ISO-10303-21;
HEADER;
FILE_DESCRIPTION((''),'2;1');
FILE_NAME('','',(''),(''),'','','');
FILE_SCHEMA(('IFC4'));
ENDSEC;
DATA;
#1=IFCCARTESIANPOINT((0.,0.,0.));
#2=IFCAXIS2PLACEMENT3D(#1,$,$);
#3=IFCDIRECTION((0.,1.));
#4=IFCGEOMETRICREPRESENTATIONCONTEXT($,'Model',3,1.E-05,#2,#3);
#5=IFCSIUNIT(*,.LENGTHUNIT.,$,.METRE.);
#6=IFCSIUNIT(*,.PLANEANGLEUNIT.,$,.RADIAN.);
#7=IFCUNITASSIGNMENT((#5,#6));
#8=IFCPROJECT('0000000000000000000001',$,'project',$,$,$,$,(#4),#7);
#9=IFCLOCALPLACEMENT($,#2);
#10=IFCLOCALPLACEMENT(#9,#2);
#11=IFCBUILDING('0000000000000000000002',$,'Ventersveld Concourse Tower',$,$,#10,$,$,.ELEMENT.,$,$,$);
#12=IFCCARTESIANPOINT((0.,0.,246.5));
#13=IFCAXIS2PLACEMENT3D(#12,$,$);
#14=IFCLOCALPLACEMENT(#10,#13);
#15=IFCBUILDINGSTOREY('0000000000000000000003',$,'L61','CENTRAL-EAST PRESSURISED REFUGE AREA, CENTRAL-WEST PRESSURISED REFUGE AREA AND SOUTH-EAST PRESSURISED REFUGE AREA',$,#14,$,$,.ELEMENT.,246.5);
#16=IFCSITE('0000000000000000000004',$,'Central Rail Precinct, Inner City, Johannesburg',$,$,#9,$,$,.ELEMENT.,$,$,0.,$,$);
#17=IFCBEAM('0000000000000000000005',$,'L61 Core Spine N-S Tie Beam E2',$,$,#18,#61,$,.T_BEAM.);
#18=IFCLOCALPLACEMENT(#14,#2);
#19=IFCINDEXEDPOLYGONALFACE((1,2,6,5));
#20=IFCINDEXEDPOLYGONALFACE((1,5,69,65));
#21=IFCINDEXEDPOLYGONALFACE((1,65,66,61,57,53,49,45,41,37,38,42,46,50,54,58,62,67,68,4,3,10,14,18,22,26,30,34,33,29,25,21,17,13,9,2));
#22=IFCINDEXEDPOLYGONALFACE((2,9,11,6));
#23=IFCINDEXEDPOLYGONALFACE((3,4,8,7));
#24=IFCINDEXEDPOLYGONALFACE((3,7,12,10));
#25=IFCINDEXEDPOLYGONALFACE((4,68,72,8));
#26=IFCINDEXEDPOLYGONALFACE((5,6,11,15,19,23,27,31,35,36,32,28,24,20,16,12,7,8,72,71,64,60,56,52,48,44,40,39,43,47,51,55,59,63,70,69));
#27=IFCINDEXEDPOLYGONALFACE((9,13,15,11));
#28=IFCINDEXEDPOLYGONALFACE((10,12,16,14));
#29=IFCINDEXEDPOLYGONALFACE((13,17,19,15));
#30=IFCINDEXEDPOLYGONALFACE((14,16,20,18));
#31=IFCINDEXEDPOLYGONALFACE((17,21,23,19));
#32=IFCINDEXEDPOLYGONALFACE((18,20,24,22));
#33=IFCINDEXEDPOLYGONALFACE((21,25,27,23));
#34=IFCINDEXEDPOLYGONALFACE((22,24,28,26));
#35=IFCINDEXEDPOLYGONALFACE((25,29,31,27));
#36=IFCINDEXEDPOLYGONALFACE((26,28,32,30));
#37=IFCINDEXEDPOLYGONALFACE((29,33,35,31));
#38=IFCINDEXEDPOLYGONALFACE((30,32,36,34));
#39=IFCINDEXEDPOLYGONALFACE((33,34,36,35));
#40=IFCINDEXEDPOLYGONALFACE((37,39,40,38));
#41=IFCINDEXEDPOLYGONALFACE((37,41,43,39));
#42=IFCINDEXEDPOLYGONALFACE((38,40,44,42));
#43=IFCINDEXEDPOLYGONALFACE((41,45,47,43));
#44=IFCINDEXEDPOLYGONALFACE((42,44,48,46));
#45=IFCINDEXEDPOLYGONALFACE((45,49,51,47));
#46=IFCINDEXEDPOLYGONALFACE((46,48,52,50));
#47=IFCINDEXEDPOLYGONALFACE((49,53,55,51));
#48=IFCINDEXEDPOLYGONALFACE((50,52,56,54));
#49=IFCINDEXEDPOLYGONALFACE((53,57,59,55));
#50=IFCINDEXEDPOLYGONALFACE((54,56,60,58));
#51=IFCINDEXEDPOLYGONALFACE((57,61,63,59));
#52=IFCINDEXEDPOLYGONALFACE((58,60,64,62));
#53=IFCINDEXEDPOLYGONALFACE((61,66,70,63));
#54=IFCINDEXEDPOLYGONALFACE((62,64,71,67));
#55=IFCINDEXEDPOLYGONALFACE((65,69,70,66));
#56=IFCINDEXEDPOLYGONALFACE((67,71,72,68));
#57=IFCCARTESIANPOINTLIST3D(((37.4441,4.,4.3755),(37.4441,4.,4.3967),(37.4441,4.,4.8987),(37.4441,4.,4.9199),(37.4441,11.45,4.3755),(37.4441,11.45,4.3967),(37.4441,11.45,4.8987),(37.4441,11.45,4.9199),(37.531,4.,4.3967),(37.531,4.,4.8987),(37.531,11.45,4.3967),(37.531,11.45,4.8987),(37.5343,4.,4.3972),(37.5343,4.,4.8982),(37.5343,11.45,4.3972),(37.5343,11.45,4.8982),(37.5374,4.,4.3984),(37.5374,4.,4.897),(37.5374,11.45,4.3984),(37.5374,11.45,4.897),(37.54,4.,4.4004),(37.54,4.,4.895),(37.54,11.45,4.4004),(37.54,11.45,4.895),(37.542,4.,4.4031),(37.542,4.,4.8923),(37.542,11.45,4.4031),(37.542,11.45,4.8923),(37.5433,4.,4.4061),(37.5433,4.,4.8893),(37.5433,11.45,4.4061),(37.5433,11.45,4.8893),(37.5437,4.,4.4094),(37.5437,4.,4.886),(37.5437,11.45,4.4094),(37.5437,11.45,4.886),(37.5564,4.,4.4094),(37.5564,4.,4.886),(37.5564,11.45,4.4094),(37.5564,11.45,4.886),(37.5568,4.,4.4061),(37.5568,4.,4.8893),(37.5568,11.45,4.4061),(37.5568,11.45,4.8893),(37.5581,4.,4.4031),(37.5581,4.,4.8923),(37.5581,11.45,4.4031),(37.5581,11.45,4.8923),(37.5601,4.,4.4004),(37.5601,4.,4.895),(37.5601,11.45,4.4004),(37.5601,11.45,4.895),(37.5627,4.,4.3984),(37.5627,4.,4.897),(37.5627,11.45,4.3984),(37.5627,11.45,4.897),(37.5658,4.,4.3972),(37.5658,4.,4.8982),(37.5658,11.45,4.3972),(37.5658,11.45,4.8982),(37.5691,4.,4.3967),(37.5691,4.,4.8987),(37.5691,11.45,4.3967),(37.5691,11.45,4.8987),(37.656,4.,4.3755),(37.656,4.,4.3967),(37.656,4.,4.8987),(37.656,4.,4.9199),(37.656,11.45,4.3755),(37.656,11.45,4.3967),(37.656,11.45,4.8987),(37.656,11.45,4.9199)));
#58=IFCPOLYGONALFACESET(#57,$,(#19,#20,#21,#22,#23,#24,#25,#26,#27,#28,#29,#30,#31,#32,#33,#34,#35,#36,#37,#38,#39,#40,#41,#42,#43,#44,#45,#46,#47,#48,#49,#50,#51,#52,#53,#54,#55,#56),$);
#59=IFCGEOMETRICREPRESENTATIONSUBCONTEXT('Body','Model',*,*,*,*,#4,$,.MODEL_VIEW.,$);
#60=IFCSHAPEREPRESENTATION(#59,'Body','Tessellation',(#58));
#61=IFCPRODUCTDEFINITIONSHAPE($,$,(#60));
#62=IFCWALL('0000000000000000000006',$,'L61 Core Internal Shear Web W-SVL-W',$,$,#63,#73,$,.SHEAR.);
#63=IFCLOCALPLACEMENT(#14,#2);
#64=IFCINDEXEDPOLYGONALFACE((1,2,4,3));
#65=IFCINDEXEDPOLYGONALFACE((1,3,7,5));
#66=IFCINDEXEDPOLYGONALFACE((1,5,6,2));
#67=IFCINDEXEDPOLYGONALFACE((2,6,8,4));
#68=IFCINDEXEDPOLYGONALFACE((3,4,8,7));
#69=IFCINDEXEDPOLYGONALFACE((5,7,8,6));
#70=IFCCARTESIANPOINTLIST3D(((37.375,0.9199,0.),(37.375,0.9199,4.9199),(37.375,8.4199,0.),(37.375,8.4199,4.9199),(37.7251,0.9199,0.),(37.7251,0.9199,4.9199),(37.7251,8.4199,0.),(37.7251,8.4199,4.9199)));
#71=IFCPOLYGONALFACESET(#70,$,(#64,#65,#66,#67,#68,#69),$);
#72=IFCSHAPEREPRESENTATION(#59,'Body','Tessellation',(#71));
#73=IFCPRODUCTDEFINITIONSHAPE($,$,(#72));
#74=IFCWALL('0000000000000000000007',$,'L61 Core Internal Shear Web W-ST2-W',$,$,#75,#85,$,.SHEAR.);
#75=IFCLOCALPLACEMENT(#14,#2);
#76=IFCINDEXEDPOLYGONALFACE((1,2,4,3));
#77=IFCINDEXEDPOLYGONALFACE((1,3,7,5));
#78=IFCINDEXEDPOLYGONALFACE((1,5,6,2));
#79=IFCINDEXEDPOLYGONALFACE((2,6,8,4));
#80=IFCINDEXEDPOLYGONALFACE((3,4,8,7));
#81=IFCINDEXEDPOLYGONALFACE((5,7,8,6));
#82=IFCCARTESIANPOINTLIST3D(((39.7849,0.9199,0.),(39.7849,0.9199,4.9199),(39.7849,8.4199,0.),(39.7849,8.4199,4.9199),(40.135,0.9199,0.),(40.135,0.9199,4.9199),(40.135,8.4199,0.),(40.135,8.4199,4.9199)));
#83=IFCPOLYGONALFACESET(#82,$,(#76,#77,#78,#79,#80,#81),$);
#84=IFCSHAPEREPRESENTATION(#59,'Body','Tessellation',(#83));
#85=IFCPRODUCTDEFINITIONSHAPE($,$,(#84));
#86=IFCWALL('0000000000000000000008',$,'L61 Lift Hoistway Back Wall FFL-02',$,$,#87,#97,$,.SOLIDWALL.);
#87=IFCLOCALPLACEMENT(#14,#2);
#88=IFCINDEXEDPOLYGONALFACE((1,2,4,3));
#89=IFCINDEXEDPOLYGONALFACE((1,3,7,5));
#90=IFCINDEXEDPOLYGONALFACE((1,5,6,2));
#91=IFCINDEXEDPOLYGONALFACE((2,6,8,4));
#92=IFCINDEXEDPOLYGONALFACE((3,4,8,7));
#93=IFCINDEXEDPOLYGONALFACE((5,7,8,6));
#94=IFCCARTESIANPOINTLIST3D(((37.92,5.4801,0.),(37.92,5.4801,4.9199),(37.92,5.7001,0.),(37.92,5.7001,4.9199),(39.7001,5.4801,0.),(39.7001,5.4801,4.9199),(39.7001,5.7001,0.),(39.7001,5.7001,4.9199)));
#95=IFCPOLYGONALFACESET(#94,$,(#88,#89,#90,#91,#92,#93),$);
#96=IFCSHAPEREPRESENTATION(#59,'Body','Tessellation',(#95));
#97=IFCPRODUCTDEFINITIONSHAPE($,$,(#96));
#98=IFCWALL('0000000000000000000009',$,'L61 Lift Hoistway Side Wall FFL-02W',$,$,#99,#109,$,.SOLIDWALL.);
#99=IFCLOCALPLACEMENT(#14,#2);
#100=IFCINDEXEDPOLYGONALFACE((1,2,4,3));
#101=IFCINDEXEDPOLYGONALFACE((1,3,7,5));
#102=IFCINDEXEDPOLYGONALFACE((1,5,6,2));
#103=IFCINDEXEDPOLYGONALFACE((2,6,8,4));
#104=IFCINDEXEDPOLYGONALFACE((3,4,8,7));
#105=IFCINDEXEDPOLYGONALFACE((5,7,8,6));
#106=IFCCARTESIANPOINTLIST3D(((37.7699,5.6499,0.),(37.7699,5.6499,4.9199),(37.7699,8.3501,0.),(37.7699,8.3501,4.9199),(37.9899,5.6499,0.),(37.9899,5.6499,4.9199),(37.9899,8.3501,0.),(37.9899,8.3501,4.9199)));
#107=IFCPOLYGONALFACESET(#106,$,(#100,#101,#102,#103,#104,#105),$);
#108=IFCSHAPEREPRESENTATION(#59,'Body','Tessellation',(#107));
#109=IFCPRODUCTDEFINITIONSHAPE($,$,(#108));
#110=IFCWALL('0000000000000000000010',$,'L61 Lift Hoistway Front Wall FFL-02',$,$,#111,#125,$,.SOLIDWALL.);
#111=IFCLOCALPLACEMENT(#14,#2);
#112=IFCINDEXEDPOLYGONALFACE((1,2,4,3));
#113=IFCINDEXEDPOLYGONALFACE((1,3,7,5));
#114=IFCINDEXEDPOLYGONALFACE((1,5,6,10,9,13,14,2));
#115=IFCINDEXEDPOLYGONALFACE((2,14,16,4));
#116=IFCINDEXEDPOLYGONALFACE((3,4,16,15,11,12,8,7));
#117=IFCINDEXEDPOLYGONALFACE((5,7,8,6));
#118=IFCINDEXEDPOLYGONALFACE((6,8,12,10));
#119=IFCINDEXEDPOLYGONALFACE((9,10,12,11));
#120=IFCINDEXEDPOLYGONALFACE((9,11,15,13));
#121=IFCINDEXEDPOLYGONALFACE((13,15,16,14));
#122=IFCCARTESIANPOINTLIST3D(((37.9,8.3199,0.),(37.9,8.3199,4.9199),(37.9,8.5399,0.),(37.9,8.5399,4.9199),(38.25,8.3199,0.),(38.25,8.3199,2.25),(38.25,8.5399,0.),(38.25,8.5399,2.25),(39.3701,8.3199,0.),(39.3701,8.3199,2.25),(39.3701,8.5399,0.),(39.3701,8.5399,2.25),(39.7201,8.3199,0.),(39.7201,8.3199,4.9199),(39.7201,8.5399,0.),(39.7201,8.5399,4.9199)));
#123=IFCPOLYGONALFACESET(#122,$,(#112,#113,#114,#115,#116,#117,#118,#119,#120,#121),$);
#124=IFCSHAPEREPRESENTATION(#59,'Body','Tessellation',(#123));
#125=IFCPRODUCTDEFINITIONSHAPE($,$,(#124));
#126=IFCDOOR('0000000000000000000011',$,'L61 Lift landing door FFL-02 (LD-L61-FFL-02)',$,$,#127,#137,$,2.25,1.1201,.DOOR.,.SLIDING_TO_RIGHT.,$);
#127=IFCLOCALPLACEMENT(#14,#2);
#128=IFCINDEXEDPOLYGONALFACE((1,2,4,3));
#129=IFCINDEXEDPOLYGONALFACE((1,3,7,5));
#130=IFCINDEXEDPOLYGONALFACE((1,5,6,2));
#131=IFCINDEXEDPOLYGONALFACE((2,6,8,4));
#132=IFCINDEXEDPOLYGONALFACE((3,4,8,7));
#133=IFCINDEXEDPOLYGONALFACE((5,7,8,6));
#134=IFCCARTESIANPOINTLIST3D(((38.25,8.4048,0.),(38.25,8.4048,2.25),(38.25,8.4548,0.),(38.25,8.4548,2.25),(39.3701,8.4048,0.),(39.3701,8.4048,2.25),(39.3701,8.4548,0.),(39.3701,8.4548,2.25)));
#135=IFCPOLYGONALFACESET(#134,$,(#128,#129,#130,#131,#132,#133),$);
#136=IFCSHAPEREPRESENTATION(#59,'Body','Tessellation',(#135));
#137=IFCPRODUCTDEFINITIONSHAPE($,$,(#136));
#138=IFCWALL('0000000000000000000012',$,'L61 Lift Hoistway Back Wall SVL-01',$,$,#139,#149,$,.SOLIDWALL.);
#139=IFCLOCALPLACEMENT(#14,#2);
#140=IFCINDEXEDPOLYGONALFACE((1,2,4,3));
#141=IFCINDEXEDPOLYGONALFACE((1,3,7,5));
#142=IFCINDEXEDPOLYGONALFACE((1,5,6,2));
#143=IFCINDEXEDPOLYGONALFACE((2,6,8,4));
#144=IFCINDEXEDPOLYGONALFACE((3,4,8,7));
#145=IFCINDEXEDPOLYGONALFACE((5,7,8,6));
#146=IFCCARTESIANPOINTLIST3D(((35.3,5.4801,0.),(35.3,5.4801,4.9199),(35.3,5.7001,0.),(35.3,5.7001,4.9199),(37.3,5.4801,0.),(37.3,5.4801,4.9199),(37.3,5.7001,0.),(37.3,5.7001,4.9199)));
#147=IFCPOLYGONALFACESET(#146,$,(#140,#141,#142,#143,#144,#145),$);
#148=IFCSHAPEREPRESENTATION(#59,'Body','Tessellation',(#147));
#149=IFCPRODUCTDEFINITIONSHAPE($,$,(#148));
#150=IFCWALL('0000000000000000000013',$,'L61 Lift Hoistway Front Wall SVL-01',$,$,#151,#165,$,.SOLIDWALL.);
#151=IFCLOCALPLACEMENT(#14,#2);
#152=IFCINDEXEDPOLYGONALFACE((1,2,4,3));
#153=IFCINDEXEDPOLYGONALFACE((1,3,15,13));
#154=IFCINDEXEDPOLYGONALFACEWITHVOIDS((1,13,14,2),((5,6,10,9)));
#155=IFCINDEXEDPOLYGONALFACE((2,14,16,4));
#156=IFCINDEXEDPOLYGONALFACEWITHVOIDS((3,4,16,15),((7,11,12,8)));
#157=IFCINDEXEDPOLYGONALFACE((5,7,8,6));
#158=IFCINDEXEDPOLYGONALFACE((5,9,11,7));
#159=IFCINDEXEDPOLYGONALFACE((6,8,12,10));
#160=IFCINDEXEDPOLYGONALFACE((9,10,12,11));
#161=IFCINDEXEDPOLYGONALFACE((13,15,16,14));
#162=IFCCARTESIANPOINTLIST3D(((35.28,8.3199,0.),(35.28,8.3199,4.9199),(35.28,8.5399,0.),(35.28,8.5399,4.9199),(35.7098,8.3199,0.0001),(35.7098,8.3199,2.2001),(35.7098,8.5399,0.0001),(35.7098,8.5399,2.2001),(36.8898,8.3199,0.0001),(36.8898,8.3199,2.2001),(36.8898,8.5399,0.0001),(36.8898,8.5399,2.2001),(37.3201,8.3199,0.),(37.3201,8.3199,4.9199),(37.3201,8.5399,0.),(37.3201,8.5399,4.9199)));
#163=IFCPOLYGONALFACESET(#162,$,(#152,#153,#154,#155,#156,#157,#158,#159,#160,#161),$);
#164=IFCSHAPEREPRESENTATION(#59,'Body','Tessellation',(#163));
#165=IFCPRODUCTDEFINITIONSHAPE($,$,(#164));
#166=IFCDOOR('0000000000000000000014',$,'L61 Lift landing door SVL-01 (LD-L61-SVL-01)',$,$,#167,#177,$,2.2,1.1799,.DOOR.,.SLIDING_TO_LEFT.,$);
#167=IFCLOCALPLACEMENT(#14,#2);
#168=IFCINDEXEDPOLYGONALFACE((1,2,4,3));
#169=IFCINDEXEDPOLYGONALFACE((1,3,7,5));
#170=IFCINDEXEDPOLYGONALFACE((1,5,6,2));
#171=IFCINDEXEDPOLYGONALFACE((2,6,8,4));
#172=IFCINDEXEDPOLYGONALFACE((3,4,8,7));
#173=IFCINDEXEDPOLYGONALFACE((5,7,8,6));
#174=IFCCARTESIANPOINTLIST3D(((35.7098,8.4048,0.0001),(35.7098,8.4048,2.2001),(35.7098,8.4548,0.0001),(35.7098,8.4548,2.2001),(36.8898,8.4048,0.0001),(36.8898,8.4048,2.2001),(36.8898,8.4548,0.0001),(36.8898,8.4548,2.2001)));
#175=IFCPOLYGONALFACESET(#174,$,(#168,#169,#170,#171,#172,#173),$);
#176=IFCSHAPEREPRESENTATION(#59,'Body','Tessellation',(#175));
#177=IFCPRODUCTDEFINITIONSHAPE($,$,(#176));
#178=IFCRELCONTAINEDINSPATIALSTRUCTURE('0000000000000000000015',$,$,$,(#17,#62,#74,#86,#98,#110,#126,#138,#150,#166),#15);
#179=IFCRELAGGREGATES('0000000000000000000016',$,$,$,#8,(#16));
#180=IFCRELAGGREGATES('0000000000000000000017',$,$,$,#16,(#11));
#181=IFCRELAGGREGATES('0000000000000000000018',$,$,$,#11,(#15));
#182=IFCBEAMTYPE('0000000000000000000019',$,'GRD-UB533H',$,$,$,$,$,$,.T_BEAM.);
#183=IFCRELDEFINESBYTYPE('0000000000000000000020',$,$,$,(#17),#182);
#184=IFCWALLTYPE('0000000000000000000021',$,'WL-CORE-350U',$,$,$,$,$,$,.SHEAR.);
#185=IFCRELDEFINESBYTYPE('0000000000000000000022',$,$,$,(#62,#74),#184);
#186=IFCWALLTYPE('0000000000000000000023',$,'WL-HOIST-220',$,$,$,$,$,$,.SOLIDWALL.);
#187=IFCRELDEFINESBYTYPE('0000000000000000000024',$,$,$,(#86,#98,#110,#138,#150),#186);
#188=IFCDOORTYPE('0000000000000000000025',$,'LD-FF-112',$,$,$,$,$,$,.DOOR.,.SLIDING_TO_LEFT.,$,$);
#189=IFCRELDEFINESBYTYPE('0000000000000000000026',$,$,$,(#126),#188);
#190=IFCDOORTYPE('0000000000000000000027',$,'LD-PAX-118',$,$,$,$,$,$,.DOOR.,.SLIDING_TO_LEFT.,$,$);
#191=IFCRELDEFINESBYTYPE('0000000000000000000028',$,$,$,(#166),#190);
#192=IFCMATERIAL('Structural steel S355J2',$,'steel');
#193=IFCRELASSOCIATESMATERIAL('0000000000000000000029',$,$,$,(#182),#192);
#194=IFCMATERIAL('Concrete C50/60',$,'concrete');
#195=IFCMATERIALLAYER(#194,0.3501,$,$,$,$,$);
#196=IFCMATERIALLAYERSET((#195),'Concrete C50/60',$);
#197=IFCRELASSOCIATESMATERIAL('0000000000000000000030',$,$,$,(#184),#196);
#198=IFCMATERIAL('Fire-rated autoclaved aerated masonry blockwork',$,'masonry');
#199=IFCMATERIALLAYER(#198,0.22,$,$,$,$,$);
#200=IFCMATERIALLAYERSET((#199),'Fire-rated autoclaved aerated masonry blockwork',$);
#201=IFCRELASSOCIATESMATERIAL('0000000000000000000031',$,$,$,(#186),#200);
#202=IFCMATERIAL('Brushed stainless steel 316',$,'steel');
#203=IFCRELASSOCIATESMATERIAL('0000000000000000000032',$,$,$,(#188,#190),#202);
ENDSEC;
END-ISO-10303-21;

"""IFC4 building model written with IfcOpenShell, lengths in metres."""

from ifc_helpers import new_model, si_unit, direction, frame, frame_2d, origin, origin_2d, place, context, subcontext, project, spatial, rectangle, i_section, extrude, material, layer, layer_set, material_profile, profile_set, type_object, element, fill, save


model = new_model("IFC4")

# Units and contexts
model_context = context("Model", 3, precision=1e-05, world=origin(), true_north=direction((0.0, 1.0)))
body_context = subcontext(model_context, "Body", "Model", "MODEL_VIEW")
ifc_project = project(units=[si_unit("LENGTHUNIT", "METRE"), si_unit("PLANEANGLEUNIT", "RADIAN")], contexts=[model_context])

# Site, building, storey
site_placement = place(None, origin())
site = spatial("IfcSite", under=ifc_project, at=site_placement, Name="Central Rail Precinct, Inner City, Johannesburg", CompositionType="ELEMENT", RefElevation=0.0)
building_placement = place(site_placement, origin())
building = spatial("IfcBuilding", under=site, at=building_placement, Name="Ventersveld Concourse Tower", CompositionType="ELEMENT")
storey_placement = place(building_placement, frame((0.0, 0.0, 246.5)))
storey = spatial("IfcBuildingStorey", under=building, at=storey_placement, Name="L61", Description="CENTRAL-EAST PRESSURISED REFUGE AREA, CENTRAL-WEST PRESSURISED REFUGE AREA AND SOUTH-EAST PRESSURISED REFUGE AREA", CompositionType="ELEMENT", Elevation=246.5)

# Shared definitions
ifc_material_1 = material(Name="Concrete C50/60", Category="concrete")

# Beam
ifc_material_2 = material(Name="Structural steel S355J2", Category="steel")
ifc_material_profile_1 = material_profile(ifc_material_2, i_section(OverallWidth=0.2119, OverallDepth=0.5444, WebThickness=0.0127, FlangeThickness=0.0212, FilletRadius=0.0127, at=origin_2d()), Name="UB 533x210x122")
ifc_profile_set_1 = profile_set([ifc_material_profile_1], Name="Structural steel S355J2")
beam_type_1 = type_object("IfcBeamType", Name="GRD-UB533H", PredefinedType="T_BEAM", material=ifc_profile_set_1)
beam_1_placement = place(storey_placement, frame((37.55, 4.0, 4.6477), z_axis=(0.0, 1.0, 0.0), x_axis=(-1.0, 0.0, 0.0)))
element("IfcBeam", 1, at=beam_1_placement, inside=storey, type_object=beam_type_1, Name="L61 Core Spine N-S Tie Beam E2", PredefinedType="T_BEAM", context=body_context, shape_type="SweptSolid", body=[
    extrude(i_section(OverallWidth=0.2119, OverallDepth=0.5444, WebThickness=0.0127, FlangeThickness=0.0212, FilletRadius=0.0127, at=origin_2d()), origin(), (0.0, 0.0, 1.0), 7.45),
])

# Walls
ifc_layer_1 = layer(ifc_material_1, 0.3501)
ifc_layer_set_1 = layer_set([ifc_layer_1], Name="Concrete C50/60")
wall_type_1 = type_object("IfcWallType", Name="WL-CORE-350U", PredefinedType="SHEAR", material=ifc_layer_set_1)
for number, where, z_axis, x_axis, name in (
    (2, (37.55, 0.9199, 0.0), (0.0, 0.0, 1.0), (0.0, 1.0, 0.0), "L61 Core Internal Shear Web W-SVL-W"),
    (3, (39.96, 0.9199, 0.0), (0.0, 0.0, 1.0), (0.0, 1.0, 0.0), "L61 Core Internal Shear Web W-ST2-W"),
):
    element("IfcWall", number, at=place(storey_placement, frame(where, z_axis=z_axis, x_axis=x_axis)), inside=storey, type_object=wall_type_1, Name=name, PredefinedType="SHEAR", context=body_context, shape_type="SweptSolid", body=[
        extrude(rectangle(XDim=7.5, YDim=0.3501, at=frame_2d((3.75, 0.0))), origin(), (0.0, 0.0, 1.0), 4.9199),
    ])
ifc_material_3 = material(Name="Fire-rated autoclaved aerated masonry blockwork", Category="masonry")
ifc_layer_2 = layer(ifc_material_3, 0.22)
ifc_layer_set_2 = layer_set([ifc_layer_2], Name="Fire-rated autoclaved aerated masonry blockwork")
wall_type_2 = type_object("IfcWallType", Name="WL-HOIST-220", PredefinedType="SOLIDWALL", material=ifc_layer_set_2)
wall_1_placement = place(storey_placement, frame((37.9199, 5.5901, 0.0), z_axis=(0.0, 0.0, 1.0), x_axis=(1.0, 0.0, 0.0)))
element("IfcWall", 4, at=wall_1_placement, inside=storey, type_object=wall_type_2, Name="L61 Lift Hoistway Back Wall FFL-02", PredefinedType="SOLIDWALL", context=body_context, shape_type="SweptSolid", body=[
    extrude(rectangle(XDim=1.78, YDim=0.22, at=frame_2d((0.8901, 0.0))), origin(), (0.0, 0.0, 1.0), 4.9199),
])
wall_2_placement = place(storey_placement, frame((37.8799, 5.6499, 0.0), z_axis=(0.0, 0.0, 1.0), x_axis=(0.0, 1.0, 0.0)))
element("IfcWall", 5, at=wall_2_placement, inside=storey, type_object=wall_type_2, Name="L61 Lift Hoistway Side Wall FFL-02W", PredefinedType="SOLIDWALL", context=body_context, shape_type="SweptSolid", body=[
    extrude(rectangle(XDim=2.7002, YDim=0.22, at=frame_2d((1.3501, 0.0))), origin(), (0.0, 0.0, 1.0), 4.9199),
])

# Wall, opening, door
wall_3_placement = place(storey_placement, frame((37.8999, 8.4299, 0.0), z_axis=(0.0, 0.0, 1.0), x_axis=(1.0, 0.0, 0.0)))
wall_3 = element("IfcWall", 6, at=wall_3_placement, inside=storey, type_object=wall_type_2, Name="L61 Lift Hoistway Front Wall FFL-02", PredefinedType="SOLIDWALL", context=body_context, shape_type="SweptSolid", body=[
    extrude(rectangle(XDim=1.8201, YDim=0.22, at=frame_2d((0.9102, 0.0))), origin(), (0.0, 0.0, 1.0), 4.9199),
])
opening_1_placement = place(wall_3_placement, frame((0.3501, 0.0, 0.0)))
opening_1 = element("IfcOpeningElement", 7, at=opening_1_placement, cuts=wall_3, PredefinedType="OPENING", context=body_context, shape_type="SweptSolid", body=[
    extrude(rectangle(XDim=1.1201, YDim=2.25, at=frame_2d((0.5601, 1.125))), frame((0.0, 0.1201, 0.0), z_axis=(0.0, -1.0, 0.0), x_axis=(1.0, 0.0, 0.0)), (0.0, 0.0, 1.0), 0.24),
])
ifc_material_4 = material(Name="Brushed stainless steel 316", Category="steel")
door_type_1 = type_object("IfcDoorType", Name="LD-FF-112", OperationType="SLIDING_TO_LEFT", PredefinedType="DOOR", material=ifc_material_4)
door_1_placement = place(opening_1_placement, origin())
door_1 = element("IfcDoor", 8, at=door_1_placement, inside=storey, type_object=door_type_1, Name="L61 Lift landing door FFL-02 (LD-L61-FFL-02)", OperationType="SLIDING_TO_RIGHT", OverallHeight=2.25, OverallWidth=1.1201, PredefinedType="DOOR", context=body_context, shape_type="SweptSolid", body=[
    extrude(rectangle(XDim=1.1201, YDim=2.25, at=frame_2d((0.5601, 1.125))), frame((0.0, 0.0249, 0.0), z_axis=(0.0, -1.0, 0.0), x_axis=(1.0, 0.0, 0.0)), (0.0, 0.0, 1.0), 0.05),
])
fill(opening_1, door_1)

# Wall
wall_4_placement = place(storey_placement, frame((35.3, 5.5901, 0.0), z_axis=(0.0, 0.0, 1.0), x_axis=(1.0, 0.0, 0.0)))
element("IfcWall", 9, at=wall_4_placement, inside=storey, type_object=wall_type_2, Name="L61 Lift Hoistway Back Wall SVL-01", PredefinedType="SOLIDWALL", context=body_context, shape_type="SweptSolid", body=[
    extrude(rectangle(XDim=2.0, YDim=0.22, at=frame_2d((1.0, 0.0))), origin(), (0.0, 0.0, 1.0), 4.9199),
])

# Wall, opening, door
wall_5_placement = place(storey_placement, frame((35.28, 8.4299, 0.0), z_axis=(0.0, 0.0, 1.0), x_axis=(1.0, 0.0, 0.0)))
wall_5 = element("IfcWall", 10, at=wall_5_placement, inside=storey, type_object=wall_type_2, Name="L61 Lift Hoistway Front Wall SVL-01", PredefinedType="SOLIDWALL", context=body_context, shape_type="SweptSolid", body=[
    extrude(rectangle(XDim=2.04, YDim=0.22, at=frame_2d((1.02, 0.0))), origin(), (0.0, 0.0, 1.0), 4.9199),
])
opening_2_placement = place(wall_5_placement, frame((0.4299, 0.0, 0.0)))
opening_2 = element("IfcOpeningElement", 11, at=opening_2_placement, cuts=wall_5, PredefinedType="OPENING", context=body_context, shape_type="SweptSolid", body=[
    extrude(rectangle(XDim=1.1799, YDim=2.2, at=frame_2d((0.5898, 1.1001))), frame((0.0, 0.1201, 0.0), z_axis=(0.0, -1.0, 0.0), x_axis=(1.0, 0.0, 0.0)), (0.0, 0.0, 1.0), 0.24),
])
door_type_2 = type_object("IfcDoorType", Name="LD-PAX-118", OperationType="SLIDING_TO_LEFT", PredefinedType="DOOR", material=ifc_material_4)
door_2_placement = place(opening_2_placement, origin())
door_2 = element("IfcDoor", 12, at=door_2_placement, inside=storey, type_object=door_type_2, Name="L61 Lift landing door SVL-01 (LD-L61-SVL-01)", OperationType="SLIDING_TO_LEFT", OverallHeight=2.2, OverallWidth=1.1799, PredefinedType="DOOR", context=body_context, shape_type="SweptSolid", body=[
    extrude(rectangle(XDim=1.1799, YDim=2.2, at=frame_2d((0.5898, 1.1001))), frame((0.0, 0.0249, 0.0), z_axis=(0.0, -1.0, 0.0), x_axis=(1.0, 0.0, 0.0)), (0.0, 0.0, 1.0), 0.05),
])
fill(opening_2, door_2)

save(model, "model.ifc")
